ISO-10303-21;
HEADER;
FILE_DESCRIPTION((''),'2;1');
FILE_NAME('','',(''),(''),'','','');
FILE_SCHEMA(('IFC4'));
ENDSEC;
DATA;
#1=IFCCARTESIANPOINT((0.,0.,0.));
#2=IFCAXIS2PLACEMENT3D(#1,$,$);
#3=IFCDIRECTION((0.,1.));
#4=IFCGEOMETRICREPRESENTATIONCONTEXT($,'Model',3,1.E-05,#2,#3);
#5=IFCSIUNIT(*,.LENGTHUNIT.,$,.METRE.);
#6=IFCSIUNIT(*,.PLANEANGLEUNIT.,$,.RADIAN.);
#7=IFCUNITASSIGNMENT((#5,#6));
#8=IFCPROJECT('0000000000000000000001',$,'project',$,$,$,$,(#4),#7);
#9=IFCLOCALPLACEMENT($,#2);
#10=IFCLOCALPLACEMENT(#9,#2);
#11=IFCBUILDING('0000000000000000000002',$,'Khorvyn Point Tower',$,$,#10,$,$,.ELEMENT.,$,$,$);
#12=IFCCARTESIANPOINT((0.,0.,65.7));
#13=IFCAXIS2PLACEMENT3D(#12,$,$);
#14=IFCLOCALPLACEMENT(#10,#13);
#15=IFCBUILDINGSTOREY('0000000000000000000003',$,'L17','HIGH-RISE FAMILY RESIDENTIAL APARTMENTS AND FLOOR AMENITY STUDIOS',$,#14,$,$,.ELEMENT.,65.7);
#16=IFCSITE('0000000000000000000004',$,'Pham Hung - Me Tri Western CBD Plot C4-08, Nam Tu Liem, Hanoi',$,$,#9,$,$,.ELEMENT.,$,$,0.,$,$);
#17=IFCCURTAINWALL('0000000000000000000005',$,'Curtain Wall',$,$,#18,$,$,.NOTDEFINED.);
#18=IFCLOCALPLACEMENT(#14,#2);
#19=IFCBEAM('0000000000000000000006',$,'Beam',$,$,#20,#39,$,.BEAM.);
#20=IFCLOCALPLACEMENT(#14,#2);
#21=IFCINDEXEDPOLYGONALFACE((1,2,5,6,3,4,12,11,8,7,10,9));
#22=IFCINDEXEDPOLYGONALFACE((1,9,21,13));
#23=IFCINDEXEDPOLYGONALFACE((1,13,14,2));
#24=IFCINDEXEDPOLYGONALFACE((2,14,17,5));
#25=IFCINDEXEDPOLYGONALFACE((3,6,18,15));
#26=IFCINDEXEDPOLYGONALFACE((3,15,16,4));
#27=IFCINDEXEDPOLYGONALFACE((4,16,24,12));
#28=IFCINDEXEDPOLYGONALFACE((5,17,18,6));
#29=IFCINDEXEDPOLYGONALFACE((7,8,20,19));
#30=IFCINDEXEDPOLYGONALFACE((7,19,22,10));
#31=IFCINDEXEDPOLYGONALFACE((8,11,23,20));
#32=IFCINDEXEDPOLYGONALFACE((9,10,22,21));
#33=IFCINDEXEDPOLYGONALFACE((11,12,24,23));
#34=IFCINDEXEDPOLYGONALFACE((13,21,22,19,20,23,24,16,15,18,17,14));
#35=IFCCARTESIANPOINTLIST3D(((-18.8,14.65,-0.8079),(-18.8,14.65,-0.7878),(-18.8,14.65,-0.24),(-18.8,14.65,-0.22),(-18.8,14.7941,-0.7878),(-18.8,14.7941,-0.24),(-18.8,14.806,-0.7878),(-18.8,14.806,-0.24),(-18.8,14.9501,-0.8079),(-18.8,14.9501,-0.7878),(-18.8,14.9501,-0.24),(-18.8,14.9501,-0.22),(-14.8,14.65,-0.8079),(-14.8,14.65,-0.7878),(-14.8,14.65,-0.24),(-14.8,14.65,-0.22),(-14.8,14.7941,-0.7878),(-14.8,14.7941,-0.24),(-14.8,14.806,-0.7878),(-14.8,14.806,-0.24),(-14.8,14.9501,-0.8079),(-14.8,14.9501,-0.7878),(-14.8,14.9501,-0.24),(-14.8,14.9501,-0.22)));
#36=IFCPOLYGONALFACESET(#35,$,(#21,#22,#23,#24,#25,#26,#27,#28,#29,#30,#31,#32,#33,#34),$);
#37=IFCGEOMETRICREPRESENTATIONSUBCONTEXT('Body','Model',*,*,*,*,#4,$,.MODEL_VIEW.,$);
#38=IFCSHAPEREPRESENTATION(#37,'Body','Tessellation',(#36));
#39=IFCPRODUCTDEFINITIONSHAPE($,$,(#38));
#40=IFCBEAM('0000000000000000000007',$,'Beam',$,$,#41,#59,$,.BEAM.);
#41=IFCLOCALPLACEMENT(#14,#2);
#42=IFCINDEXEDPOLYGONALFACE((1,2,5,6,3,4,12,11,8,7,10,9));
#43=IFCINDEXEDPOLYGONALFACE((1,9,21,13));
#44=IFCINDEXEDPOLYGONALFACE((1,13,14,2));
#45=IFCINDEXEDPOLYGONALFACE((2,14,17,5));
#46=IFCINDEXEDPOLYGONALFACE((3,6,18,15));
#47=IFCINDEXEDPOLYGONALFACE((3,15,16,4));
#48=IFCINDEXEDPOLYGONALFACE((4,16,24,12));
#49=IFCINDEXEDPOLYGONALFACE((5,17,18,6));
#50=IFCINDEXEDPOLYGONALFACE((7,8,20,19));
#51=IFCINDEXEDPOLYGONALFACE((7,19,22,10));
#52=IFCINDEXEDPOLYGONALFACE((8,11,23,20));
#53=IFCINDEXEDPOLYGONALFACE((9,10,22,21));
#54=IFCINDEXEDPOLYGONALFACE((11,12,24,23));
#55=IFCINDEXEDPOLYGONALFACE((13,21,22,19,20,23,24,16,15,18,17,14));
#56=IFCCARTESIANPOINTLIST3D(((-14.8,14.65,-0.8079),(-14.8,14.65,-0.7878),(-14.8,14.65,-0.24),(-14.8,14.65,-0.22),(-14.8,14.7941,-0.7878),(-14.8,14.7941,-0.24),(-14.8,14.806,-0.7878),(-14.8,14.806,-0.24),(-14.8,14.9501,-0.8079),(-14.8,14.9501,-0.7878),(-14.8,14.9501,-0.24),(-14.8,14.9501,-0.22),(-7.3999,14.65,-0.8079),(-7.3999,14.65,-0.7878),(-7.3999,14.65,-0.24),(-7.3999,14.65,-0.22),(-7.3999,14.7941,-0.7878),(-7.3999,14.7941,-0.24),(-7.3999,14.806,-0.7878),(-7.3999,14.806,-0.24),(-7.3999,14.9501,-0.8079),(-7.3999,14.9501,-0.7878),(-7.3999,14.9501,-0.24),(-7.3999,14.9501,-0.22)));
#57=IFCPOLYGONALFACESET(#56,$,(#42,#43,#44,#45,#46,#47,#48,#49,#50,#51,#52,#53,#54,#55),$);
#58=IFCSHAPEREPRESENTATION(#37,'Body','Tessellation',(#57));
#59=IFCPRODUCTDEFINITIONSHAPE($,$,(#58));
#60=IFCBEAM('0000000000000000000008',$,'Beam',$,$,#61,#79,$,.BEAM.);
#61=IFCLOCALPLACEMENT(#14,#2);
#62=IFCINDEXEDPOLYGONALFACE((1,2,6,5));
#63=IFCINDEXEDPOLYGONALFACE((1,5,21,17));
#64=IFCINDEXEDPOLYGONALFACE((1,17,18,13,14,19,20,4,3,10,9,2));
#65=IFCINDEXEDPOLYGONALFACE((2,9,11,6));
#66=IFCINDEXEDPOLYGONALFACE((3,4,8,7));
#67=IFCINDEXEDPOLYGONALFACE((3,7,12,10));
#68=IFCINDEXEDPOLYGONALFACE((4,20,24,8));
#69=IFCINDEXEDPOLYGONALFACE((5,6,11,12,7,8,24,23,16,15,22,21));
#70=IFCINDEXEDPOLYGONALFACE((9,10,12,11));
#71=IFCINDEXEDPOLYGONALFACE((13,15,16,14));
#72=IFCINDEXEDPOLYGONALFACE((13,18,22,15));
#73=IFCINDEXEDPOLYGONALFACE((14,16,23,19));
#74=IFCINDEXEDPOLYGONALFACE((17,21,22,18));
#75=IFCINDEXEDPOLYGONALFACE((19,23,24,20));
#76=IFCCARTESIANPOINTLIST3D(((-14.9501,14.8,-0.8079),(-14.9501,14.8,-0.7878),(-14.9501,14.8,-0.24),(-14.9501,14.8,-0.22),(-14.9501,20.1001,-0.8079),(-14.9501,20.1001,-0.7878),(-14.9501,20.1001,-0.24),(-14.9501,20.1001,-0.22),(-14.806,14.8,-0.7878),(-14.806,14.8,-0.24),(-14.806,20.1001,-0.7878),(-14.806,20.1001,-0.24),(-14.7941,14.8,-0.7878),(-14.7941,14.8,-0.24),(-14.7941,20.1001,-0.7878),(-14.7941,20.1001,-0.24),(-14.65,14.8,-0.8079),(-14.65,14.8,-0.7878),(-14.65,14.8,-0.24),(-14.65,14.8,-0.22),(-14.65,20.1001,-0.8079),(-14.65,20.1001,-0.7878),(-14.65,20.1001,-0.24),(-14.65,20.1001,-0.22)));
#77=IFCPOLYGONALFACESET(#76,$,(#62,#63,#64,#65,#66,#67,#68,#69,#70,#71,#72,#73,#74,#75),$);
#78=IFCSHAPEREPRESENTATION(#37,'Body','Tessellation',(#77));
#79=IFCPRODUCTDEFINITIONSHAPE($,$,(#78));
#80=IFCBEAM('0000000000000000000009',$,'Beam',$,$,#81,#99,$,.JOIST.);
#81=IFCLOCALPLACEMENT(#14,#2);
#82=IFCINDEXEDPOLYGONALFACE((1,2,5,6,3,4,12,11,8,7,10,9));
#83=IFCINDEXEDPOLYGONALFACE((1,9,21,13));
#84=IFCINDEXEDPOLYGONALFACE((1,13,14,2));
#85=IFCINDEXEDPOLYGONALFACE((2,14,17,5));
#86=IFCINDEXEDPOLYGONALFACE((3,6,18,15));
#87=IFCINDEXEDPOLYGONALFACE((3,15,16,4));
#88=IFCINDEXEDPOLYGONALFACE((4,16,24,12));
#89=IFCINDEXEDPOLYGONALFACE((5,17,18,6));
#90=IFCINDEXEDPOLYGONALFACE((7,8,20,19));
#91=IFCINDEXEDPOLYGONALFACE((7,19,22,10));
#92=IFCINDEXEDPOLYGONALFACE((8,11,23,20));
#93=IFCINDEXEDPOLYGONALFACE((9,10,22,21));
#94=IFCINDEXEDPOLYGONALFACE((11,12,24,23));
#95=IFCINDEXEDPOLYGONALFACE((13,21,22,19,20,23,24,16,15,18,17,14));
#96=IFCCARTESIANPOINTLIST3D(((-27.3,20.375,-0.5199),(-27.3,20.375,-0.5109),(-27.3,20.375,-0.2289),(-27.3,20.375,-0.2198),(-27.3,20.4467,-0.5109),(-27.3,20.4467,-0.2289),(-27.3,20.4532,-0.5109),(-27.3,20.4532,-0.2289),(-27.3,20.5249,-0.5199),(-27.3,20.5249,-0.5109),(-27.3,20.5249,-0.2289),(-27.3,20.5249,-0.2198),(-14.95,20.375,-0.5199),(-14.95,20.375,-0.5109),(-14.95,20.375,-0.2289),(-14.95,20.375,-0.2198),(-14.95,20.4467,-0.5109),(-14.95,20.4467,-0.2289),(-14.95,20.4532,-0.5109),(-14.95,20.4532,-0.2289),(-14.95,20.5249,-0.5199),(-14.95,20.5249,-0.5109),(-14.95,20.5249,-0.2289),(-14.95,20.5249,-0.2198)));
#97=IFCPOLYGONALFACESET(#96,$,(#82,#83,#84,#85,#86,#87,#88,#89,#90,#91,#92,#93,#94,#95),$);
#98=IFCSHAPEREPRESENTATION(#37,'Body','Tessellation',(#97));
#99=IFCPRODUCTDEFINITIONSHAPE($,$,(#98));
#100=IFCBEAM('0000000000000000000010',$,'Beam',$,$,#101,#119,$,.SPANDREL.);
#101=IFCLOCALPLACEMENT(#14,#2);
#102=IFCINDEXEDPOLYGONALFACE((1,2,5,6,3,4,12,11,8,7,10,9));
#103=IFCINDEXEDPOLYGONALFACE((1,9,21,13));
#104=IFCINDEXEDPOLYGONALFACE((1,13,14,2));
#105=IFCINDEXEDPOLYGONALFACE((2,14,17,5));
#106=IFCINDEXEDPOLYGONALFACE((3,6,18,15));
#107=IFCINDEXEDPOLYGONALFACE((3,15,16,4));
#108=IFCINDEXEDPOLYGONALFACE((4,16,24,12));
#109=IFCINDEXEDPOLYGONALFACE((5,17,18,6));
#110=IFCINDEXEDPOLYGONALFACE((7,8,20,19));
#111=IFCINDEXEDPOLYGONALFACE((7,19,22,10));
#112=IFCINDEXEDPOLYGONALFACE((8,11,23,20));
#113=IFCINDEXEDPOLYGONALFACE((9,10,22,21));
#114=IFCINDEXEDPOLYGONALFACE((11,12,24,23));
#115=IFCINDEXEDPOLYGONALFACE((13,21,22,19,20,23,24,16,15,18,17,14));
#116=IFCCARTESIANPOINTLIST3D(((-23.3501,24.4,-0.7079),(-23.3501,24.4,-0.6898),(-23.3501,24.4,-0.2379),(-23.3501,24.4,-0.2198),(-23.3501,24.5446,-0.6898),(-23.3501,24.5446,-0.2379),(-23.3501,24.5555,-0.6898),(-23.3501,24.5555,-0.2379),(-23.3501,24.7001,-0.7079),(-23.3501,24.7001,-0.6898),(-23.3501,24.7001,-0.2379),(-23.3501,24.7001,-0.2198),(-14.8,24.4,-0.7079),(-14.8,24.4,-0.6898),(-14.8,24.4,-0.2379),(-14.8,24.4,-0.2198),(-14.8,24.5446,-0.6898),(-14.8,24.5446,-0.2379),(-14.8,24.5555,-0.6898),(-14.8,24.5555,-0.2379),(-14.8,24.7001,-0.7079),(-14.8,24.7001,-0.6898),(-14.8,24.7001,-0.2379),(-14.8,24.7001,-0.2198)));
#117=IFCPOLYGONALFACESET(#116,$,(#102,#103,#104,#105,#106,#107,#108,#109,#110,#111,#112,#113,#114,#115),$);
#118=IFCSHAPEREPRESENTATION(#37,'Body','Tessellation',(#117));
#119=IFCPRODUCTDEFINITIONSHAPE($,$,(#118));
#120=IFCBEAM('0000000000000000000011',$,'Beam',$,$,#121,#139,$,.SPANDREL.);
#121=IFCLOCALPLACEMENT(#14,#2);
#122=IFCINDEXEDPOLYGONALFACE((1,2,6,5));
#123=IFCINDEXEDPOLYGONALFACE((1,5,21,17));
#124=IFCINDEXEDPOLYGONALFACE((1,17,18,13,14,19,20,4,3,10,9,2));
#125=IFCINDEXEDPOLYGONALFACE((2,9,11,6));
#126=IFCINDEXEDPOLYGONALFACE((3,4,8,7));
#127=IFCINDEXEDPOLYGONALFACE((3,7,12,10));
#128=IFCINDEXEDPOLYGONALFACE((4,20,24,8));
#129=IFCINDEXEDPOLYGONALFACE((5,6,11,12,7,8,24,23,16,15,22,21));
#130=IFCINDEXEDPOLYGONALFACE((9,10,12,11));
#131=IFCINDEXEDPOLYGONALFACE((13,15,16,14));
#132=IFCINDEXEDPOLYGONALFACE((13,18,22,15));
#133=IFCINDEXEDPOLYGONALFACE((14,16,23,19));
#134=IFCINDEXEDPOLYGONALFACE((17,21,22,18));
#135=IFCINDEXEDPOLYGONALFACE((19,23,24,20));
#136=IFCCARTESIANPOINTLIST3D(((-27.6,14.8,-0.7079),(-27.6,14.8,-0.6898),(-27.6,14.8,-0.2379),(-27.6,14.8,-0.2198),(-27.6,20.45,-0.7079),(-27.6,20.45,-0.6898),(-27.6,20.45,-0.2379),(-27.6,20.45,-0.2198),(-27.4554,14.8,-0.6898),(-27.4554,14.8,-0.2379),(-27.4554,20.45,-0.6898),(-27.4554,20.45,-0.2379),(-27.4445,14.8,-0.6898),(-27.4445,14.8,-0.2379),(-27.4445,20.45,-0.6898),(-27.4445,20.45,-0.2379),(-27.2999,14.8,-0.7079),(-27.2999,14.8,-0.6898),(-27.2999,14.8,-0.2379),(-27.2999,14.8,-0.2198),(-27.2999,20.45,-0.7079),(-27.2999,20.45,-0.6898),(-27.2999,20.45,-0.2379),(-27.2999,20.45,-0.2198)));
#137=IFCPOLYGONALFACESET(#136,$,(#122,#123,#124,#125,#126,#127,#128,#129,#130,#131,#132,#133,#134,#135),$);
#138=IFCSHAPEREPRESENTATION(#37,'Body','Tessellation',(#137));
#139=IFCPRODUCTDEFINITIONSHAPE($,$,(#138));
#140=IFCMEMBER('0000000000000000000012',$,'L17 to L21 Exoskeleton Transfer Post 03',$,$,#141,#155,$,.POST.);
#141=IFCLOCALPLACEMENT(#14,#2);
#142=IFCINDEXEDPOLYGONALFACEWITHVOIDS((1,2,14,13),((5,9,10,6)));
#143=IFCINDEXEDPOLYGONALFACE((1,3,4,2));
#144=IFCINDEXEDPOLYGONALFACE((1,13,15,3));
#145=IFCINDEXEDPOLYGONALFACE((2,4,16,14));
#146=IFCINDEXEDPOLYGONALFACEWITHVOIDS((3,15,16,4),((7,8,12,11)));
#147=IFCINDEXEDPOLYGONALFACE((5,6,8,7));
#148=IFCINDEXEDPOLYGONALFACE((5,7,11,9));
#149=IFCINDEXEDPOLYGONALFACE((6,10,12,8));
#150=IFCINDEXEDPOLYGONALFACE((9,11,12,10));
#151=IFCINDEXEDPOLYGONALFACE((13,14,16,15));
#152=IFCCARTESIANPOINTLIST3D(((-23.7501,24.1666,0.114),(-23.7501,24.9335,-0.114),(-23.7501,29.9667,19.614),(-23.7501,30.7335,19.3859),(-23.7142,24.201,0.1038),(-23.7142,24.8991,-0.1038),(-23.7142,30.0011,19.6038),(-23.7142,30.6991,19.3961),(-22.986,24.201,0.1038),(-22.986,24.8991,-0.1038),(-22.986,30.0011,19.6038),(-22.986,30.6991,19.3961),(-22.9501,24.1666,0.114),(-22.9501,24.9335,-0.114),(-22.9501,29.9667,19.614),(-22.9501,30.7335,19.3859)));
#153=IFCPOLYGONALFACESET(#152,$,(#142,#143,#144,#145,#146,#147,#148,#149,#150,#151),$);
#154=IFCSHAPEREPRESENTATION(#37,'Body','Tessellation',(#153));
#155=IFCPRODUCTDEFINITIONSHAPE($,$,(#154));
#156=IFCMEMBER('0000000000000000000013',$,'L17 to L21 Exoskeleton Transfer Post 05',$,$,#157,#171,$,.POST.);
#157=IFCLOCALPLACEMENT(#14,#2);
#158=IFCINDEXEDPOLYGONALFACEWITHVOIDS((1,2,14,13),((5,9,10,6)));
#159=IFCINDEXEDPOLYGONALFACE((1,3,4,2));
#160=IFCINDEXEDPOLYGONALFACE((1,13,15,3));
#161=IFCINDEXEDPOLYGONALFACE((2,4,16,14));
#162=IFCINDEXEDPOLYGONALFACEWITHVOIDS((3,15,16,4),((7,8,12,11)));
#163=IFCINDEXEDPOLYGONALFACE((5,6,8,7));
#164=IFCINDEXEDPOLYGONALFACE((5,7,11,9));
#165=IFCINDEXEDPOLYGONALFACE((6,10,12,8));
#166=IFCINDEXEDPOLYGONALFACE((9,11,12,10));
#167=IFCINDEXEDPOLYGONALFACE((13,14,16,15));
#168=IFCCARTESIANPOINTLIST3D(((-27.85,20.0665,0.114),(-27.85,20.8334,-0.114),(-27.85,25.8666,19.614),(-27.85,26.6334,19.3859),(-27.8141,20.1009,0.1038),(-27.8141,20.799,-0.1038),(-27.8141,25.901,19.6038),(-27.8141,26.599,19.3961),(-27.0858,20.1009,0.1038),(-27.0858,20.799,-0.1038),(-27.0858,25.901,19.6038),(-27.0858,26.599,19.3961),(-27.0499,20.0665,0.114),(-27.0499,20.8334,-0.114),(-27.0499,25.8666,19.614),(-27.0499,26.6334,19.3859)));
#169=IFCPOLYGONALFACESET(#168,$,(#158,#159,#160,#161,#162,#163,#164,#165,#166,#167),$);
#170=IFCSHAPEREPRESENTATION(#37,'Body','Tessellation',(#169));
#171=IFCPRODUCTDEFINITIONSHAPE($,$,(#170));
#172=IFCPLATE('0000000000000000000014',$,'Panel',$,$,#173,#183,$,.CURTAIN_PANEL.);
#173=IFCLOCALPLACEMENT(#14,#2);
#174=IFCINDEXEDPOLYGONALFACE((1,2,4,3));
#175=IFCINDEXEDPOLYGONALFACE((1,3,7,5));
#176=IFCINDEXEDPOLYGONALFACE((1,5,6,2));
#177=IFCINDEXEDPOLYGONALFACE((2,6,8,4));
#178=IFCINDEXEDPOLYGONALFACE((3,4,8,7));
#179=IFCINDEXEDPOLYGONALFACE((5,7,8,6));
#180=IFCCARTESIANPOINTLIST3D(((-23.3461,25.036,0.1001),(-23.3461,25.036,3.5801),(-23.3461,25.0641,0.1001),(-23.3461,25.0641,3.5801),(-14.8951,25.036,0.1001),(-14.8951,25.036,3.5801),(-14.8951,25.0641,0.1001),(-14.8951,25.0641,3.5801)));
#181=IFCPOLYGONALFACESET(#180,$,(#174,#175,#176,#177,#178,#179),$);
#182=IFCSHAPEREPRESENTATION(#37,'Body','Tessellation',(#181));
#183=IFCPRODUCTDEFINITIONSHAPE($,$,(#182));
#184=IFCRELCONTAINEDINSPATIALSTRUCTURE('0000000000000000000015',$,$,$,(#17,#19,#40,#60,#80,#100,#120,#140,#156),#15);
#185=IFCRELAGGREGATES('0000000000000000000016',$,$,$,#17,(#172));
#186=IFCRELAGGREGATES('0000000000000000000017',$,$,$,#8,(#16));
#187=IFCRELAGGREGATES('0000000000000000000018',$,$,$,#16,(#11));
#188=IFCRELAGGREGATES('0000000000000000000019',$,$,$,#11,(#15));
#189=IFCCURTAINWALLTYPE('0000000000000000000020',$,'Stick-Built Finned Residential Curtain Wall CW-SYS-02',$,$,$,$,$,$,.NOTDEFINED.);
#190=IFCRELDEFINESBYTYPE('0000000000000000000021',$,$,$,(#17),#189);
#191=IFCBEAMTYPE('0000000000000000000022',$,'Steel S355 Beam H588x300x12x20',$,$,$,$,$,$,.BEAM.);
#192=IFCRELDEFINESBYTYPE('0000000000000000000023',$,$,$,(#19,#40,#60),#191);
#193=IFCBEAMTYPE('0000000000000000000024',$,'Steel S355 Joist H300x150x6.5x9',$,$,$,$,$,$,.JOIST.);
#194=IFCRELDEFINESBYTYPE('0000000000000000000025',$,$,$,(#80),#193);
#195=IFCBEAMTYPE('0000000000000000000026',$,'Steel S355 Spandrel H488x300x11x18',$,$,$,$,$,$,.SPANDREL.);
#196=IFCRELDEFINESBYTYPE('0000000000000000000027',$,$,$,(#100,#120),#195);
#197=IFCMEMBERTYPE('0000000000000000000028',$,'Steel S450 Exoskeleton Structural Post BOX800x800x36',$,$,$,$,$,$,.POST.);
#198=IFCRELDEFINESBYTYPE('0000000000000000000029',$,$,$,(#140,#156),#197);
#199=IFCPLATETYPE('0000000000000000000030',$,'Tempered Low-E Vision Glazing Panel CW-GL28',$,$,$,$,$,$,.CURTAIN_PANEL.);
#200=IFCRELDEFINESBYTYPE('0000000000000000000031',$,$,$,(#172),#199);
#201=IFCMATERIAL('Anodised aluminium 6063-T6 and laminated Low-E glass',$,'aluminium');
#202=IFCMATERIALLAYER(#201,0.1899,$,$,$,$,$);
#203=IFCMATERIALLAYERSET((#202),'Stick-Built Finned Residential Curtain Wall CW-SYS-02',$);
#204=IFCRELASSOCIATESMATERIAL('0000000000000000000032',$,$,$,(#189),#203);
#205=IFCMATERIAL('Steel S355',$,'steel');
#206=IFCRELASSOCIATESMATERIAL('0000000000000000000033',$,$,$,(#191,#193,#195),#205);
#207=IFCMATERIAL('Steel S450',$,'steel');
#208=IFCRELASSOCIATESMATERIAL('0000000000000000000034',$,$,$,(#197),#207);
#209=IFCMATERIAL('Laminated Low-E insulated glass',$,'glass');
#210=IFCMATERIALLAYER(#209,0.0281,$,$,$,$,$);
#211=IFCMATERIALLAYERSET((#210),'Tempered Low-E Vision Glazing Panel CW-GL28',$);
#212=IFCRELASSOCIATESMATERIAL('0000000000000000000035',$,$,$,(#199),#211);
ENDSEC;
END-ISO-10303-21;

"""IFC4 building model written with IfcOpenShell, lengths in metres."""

from ifc_helpers import new_model, si_unit, direction, frame, origin, origin_2d, place, context, subcontext, project, spatial, rectangle, hollow_rectangle, i_section, extrude, material, layer, layer_set, material_profile, profile_set, type_object, element, aggregate, save


model = new_model("IFC4")

# Units and contexts
model_context = context("Model", 3, precision=1e-05, world=origin(), true_north=direction((0.0, 1.0)))
body_context = subcontext(model_context, "Body", "Model", "MODEL_VIEW")
ifc_project = project(units=[si_unit("LENGTHUNIT", "METRE"), si_unit("PLANEANGLEUNIT", "RADIAN")], contexts=[model_context])

# Site, building, storey
site_placement = place(None, origin())
site = spatial("IfcSite", under=ifc_project, at=site_placement, Name="Pham Hung - Me Tri Western CBD Plot C4-08, Nam Tu Liem, Hanoi", CompositionType="ELEMENT", RefElevation=0.0)
building_placement = place(site_placement, origin())
building = spatial("IfcBuilding", under=site, at=building_placement, Name="Khorvyn Point Tower", CompositionType="ELEMENT")
storey_placement = place(building_placement, frame((0.0, 0.0, 65.7)))
storey = spatial("IfcBuildingStorey", under=building, at=storey_placement, Name="L17", Description="HIGH-RISE FAMILY RESIDENTIAL APARTMENTS AND FLOOR AMENITY STUDIOS", CompositionType="ELEMENT", Elevation=65.7)

# Shared definitions
ifc_material_1 = material(Name="Steel S450", Category="steel")

# Curtain wall
ifc_material_2 = material(Name="Anodised aluminium 6063-T6 and laminated Low-E glass", Category="aluminium")
ifc_layer_1 = layer(ifc_material_2, 0.1899)
ifc_layer_set_1 = layer_set([ifc_layer_1], Name="Stick-Built Finned Residential Curtain Wall CW-SYS-02")
curtain_wall_type = type_object("IfcCurtainWallType", Name="Stick-Built Finned Residential Curtain Wall CW-SYS-02", PredefinedType="NOTDEFINED", material=ifc_layer_set_1)
curtain_wall_1_placement = place(storey_placement, origin())
curtain_wall_1 = element("IfcCurtainWall", 1, at=curtain_wall_1_placement, inside=storey, type_object=curtain_wall_type, Name="Curtain Wall", PredefinedType="NOTDEFINED")

# Beams
ifc_material_3 = material(Name="Steel S355", Category="steel")
ifc_material_profile_1 = material_profile(ifc_material_3, i_section(OverallWidth=0.3, OverallDepth=0.5879, WebThickness=0.012, FlangeThickness=0.02, at=origin_2d()))
ifc_profile_set_1 = profile_set([ifc_material_profile_1], Name="Steel S355 H588x300x12x20")
beam_type_1 = type_object("IfcBeamType", Name="Steel S355 Beam H588x300x12x20", PredefinedType="BEAM", material=ifc_profile_set_1)
beam_1_placement = place(storey_placement, frame((-18.8, 14.8, -0.5139), z_axis=(1.0, 0.0, 0.0), x_axis=(0.0, 1.0, 0.0)))
element("IfcBeam", 2, at=beam_1_placement, inside=storey, type_object=beam_type_1, Name="Beam", PredefinedType="BEAM", context=body_context, shape_type="SweptSolid", body=[
    extrude(i_section(OverallWidth=0.3, OverallDepth=0.5879, WebThickness=0.012, FlangeThickness=0.02, at=origin_2d()), origin(), (0.0, 0.0, 1.0), 4.0),
])
beam_2_placement = place(storey_placement, frame((-14.8, 14.8, -0.5139), z_axis=(1.0, 0.0, 0.0), x_axis=(0.0, 1.0, 0.0)))
element("IfcBeam", 3, at=beam_2_placement, inside=storey, type_object=beam_type_1, Name="Beam", PredefinedType="BEAM", context=body_context, shape_type="SweptSolid", body=[
    extrude(i_section(OverallWidth=0.3, OverallDepth=0.5879, WebThickness=0.012, FlangeThickness=0.02, at=origin_2d()), origin(), (0.0, 0.0, 1.0), 7.4001),
])
beam_3_placement = place(storey_placement, frame((-14.8, 14.8, -0.5139), z_axis=(0.0, 1.0, 0.0), x_axis=(-1.0, 0.0, 0.0)))
element("IfcBeam", 4, at=beam_3_placement, inside=storey, type_object=beam_type_1, Name="Beam", PredefinedType="BEAM", context=body_context, shape_type="SweptSolid", body=[
    extrude(i_section(OverallWidth=0.3, OverallDepth=0.5879, WebThickness=0.012, FlangeThickness=0.02, at=origin_2d()), origin(), (0.0, 0.0, 1.0), 5.3),
])
ifc_material_profile_2 = material_profile(ifc_material_3, i_section(OverallWidth=0.1499, OverallDepth=0.3, WebThickness=0.0066, FlangeThickness=0.009, at=origin_2d()))
ifc_profile_set_2 = profile_set([ifc_material_profile_2], Name="Steel S355 H300x150x6.5x9")
beam_type_2 = type_object("IfcBeamType", Name="Steel S355 Joist H300x150x6.5x9", PredefinedType="JOIST", material=ifc_profile_set_2)
beam_4_placement = place(storey_placement, frame((-27.3, 20.45, -0.3699), z_axis=(1.0, 0.0, 0.0), x_axis=(0.0, 1.0, 0.0)))
element("IfcBeam", 5, at=beam_4_placement, inside=storey, type_object=beam_type_2, Name="Beam", PredefinedType="JOIST", context=body_context, shape_type="SweptSolid", body=[
    extrude(i_section(OverallWidth=0.1499, OverallDepth=0.3, WebThickness=0.0066, FlangeThickness=0.009, at=origin_2d()), origin(), (0.0, 0.0, 1.0), 12.3501),
])
ifc_material_profile_3 = material_profile(ifc_material_3, i_section(OverallWidth=0.3, OverallDepth=0.488, WebThickness=0.011, FlangeThickness=0.0181, at=origin_2d()))
ifc_profile_set_3 = profile_set([ifc_material_profile_3], Name="Steel S355 H488x300x11x18")
beam_type_3 = type_object("IfcBeamType", Name="Steel S355 Spandrel H488x300x11x18", PredefinedType="SPANDREL", material=ifc_profile_set_3)
beam_5_placement = place(storey_placement, frame((-23.3501, 24.55, -0.4639), z_axis=(1.0, 0.0, 0.0), x_axis=(0.0, 1.0, 0.0)))
element("IfcBeam", 6, at=beam_5_placement, inside=storey, type_object=beam_type_3, Name="Beam", PredefinedType="SPANDREL", context=body_context, shape_type="SweptSolid", body=[
    extrude(i_section(OverallWidth=0.3, OverallDepth=0.488, WebThickness=0.011, FlangeThickness=0.0181, at=origin_2d()), origin(), (0.0, 0.0, 1.0), 8.55),
])
beam_6_placement = place(storey_placement, frame((-27.45, 14.8, -0.4639), z_axis=(0.0, 1.0, 0.0), x_axis=(-1.0, 0.0, 0.0)))
element("IfcBeam", 7, at=beam_6_placement, inside=storey, type_object=beam_type_3, Name="Beam", PredefinedType="SPANDREL", context=body_context, shape_type="SweptSolid", body=[
    extrude(i_section(OverallWidth=0.3, OverallDepth=0.488, WebThickness=0.011, FlangeThickness=0.0181, at=origin_2d()), origin(), (0.0, 0.0, 1.0), 5.6499),
])

# Members
ifc_material_profile_4 = material_profile(ifc_material_1, hollow_rectangle(XDim=0.8, YDim=0.8, WallThickness=0.0359, at=origin_2d()))
ifc_profile_set_4 = profile_set([ifc_material_profile_4], Name="Steel S450 BOX800x800x36")
member_type_1 = type_object("IfcMemberType", Name="Steel S450 Exoskeleton Structural Post BOX800x800x36", PredefinedType="POST", material=ifc_profile_set_4)
for number, where, z_axis, x_axis, name in (
    (8, (-23.3501, 24.55, 0.0), (0.0, 0.285095, 0.958499), (-1.0, 0.0, 0.0), "L17 to L21 Exoskeleton Transfer Post 03"),
    (9, (-27.45, 20.45, 0.0), (0.0, 0.285095, 0.958499), (-1.0, 0.0, 0.0), "L17 to L21 Exoskeleton Transfer Post 05"),
):
    element("IfcMember", number, at=place(storey_placement, frame(where, z_axis=z_axis, x_axis=x_axis)), inside=storey, type_object=member_type_1, Name=name, PredefinedType="POST", context=body_context, shape_type="SweptSolid", body=[
        extrude(hollow_rectangle(XDim=0.8, YDim=0.8, WallThickness=0.0359, at=origin_2d()), origin(), (0.0, 0.0, 1.0), 20.3442),
    ])

# Plate
ifc_material_4 = material(Name="Laminated Low-E insulated glass", Category="glass")
ifc_layer_2 = layer(ifc_material_4, 0.0281)
ifc_layer_set_2 = layer_set([ifc_layer_2], Name="Tempered Low-E Vision Glazing Panel CW-GL28")
plate_type = type_object("IfcPlateType", Name="Tempered Low-E Vision Glazing Panel CW-GL28", PredefinedType="CURTAIN_PANEL", material=ifc_layer_set_2)
plate_1_placement = place(storey_placement, frame((-19.1206, 25.05, 0.1001), z_axis=(0.0, 0.0, 1.0), x_axis=(1.0, 0.0, 0.0)))
plate_1 = element("IfcPlate", 10, at=plate_1_placement, type_object=plate_type, Name="Panel", PredefinedType="CURTAIN_PANEL", context=body_context, shape_type="SweptSolid", body=[
    extrude(rectangle(XDim=8.4509, YDim=0.0281, at=origin_2d()), origin(), (0.0, 0.0, 1.0), 3.48),
])
aggregate(curtain_wall_1, [plate_1])

save(model, "model.ifc")
